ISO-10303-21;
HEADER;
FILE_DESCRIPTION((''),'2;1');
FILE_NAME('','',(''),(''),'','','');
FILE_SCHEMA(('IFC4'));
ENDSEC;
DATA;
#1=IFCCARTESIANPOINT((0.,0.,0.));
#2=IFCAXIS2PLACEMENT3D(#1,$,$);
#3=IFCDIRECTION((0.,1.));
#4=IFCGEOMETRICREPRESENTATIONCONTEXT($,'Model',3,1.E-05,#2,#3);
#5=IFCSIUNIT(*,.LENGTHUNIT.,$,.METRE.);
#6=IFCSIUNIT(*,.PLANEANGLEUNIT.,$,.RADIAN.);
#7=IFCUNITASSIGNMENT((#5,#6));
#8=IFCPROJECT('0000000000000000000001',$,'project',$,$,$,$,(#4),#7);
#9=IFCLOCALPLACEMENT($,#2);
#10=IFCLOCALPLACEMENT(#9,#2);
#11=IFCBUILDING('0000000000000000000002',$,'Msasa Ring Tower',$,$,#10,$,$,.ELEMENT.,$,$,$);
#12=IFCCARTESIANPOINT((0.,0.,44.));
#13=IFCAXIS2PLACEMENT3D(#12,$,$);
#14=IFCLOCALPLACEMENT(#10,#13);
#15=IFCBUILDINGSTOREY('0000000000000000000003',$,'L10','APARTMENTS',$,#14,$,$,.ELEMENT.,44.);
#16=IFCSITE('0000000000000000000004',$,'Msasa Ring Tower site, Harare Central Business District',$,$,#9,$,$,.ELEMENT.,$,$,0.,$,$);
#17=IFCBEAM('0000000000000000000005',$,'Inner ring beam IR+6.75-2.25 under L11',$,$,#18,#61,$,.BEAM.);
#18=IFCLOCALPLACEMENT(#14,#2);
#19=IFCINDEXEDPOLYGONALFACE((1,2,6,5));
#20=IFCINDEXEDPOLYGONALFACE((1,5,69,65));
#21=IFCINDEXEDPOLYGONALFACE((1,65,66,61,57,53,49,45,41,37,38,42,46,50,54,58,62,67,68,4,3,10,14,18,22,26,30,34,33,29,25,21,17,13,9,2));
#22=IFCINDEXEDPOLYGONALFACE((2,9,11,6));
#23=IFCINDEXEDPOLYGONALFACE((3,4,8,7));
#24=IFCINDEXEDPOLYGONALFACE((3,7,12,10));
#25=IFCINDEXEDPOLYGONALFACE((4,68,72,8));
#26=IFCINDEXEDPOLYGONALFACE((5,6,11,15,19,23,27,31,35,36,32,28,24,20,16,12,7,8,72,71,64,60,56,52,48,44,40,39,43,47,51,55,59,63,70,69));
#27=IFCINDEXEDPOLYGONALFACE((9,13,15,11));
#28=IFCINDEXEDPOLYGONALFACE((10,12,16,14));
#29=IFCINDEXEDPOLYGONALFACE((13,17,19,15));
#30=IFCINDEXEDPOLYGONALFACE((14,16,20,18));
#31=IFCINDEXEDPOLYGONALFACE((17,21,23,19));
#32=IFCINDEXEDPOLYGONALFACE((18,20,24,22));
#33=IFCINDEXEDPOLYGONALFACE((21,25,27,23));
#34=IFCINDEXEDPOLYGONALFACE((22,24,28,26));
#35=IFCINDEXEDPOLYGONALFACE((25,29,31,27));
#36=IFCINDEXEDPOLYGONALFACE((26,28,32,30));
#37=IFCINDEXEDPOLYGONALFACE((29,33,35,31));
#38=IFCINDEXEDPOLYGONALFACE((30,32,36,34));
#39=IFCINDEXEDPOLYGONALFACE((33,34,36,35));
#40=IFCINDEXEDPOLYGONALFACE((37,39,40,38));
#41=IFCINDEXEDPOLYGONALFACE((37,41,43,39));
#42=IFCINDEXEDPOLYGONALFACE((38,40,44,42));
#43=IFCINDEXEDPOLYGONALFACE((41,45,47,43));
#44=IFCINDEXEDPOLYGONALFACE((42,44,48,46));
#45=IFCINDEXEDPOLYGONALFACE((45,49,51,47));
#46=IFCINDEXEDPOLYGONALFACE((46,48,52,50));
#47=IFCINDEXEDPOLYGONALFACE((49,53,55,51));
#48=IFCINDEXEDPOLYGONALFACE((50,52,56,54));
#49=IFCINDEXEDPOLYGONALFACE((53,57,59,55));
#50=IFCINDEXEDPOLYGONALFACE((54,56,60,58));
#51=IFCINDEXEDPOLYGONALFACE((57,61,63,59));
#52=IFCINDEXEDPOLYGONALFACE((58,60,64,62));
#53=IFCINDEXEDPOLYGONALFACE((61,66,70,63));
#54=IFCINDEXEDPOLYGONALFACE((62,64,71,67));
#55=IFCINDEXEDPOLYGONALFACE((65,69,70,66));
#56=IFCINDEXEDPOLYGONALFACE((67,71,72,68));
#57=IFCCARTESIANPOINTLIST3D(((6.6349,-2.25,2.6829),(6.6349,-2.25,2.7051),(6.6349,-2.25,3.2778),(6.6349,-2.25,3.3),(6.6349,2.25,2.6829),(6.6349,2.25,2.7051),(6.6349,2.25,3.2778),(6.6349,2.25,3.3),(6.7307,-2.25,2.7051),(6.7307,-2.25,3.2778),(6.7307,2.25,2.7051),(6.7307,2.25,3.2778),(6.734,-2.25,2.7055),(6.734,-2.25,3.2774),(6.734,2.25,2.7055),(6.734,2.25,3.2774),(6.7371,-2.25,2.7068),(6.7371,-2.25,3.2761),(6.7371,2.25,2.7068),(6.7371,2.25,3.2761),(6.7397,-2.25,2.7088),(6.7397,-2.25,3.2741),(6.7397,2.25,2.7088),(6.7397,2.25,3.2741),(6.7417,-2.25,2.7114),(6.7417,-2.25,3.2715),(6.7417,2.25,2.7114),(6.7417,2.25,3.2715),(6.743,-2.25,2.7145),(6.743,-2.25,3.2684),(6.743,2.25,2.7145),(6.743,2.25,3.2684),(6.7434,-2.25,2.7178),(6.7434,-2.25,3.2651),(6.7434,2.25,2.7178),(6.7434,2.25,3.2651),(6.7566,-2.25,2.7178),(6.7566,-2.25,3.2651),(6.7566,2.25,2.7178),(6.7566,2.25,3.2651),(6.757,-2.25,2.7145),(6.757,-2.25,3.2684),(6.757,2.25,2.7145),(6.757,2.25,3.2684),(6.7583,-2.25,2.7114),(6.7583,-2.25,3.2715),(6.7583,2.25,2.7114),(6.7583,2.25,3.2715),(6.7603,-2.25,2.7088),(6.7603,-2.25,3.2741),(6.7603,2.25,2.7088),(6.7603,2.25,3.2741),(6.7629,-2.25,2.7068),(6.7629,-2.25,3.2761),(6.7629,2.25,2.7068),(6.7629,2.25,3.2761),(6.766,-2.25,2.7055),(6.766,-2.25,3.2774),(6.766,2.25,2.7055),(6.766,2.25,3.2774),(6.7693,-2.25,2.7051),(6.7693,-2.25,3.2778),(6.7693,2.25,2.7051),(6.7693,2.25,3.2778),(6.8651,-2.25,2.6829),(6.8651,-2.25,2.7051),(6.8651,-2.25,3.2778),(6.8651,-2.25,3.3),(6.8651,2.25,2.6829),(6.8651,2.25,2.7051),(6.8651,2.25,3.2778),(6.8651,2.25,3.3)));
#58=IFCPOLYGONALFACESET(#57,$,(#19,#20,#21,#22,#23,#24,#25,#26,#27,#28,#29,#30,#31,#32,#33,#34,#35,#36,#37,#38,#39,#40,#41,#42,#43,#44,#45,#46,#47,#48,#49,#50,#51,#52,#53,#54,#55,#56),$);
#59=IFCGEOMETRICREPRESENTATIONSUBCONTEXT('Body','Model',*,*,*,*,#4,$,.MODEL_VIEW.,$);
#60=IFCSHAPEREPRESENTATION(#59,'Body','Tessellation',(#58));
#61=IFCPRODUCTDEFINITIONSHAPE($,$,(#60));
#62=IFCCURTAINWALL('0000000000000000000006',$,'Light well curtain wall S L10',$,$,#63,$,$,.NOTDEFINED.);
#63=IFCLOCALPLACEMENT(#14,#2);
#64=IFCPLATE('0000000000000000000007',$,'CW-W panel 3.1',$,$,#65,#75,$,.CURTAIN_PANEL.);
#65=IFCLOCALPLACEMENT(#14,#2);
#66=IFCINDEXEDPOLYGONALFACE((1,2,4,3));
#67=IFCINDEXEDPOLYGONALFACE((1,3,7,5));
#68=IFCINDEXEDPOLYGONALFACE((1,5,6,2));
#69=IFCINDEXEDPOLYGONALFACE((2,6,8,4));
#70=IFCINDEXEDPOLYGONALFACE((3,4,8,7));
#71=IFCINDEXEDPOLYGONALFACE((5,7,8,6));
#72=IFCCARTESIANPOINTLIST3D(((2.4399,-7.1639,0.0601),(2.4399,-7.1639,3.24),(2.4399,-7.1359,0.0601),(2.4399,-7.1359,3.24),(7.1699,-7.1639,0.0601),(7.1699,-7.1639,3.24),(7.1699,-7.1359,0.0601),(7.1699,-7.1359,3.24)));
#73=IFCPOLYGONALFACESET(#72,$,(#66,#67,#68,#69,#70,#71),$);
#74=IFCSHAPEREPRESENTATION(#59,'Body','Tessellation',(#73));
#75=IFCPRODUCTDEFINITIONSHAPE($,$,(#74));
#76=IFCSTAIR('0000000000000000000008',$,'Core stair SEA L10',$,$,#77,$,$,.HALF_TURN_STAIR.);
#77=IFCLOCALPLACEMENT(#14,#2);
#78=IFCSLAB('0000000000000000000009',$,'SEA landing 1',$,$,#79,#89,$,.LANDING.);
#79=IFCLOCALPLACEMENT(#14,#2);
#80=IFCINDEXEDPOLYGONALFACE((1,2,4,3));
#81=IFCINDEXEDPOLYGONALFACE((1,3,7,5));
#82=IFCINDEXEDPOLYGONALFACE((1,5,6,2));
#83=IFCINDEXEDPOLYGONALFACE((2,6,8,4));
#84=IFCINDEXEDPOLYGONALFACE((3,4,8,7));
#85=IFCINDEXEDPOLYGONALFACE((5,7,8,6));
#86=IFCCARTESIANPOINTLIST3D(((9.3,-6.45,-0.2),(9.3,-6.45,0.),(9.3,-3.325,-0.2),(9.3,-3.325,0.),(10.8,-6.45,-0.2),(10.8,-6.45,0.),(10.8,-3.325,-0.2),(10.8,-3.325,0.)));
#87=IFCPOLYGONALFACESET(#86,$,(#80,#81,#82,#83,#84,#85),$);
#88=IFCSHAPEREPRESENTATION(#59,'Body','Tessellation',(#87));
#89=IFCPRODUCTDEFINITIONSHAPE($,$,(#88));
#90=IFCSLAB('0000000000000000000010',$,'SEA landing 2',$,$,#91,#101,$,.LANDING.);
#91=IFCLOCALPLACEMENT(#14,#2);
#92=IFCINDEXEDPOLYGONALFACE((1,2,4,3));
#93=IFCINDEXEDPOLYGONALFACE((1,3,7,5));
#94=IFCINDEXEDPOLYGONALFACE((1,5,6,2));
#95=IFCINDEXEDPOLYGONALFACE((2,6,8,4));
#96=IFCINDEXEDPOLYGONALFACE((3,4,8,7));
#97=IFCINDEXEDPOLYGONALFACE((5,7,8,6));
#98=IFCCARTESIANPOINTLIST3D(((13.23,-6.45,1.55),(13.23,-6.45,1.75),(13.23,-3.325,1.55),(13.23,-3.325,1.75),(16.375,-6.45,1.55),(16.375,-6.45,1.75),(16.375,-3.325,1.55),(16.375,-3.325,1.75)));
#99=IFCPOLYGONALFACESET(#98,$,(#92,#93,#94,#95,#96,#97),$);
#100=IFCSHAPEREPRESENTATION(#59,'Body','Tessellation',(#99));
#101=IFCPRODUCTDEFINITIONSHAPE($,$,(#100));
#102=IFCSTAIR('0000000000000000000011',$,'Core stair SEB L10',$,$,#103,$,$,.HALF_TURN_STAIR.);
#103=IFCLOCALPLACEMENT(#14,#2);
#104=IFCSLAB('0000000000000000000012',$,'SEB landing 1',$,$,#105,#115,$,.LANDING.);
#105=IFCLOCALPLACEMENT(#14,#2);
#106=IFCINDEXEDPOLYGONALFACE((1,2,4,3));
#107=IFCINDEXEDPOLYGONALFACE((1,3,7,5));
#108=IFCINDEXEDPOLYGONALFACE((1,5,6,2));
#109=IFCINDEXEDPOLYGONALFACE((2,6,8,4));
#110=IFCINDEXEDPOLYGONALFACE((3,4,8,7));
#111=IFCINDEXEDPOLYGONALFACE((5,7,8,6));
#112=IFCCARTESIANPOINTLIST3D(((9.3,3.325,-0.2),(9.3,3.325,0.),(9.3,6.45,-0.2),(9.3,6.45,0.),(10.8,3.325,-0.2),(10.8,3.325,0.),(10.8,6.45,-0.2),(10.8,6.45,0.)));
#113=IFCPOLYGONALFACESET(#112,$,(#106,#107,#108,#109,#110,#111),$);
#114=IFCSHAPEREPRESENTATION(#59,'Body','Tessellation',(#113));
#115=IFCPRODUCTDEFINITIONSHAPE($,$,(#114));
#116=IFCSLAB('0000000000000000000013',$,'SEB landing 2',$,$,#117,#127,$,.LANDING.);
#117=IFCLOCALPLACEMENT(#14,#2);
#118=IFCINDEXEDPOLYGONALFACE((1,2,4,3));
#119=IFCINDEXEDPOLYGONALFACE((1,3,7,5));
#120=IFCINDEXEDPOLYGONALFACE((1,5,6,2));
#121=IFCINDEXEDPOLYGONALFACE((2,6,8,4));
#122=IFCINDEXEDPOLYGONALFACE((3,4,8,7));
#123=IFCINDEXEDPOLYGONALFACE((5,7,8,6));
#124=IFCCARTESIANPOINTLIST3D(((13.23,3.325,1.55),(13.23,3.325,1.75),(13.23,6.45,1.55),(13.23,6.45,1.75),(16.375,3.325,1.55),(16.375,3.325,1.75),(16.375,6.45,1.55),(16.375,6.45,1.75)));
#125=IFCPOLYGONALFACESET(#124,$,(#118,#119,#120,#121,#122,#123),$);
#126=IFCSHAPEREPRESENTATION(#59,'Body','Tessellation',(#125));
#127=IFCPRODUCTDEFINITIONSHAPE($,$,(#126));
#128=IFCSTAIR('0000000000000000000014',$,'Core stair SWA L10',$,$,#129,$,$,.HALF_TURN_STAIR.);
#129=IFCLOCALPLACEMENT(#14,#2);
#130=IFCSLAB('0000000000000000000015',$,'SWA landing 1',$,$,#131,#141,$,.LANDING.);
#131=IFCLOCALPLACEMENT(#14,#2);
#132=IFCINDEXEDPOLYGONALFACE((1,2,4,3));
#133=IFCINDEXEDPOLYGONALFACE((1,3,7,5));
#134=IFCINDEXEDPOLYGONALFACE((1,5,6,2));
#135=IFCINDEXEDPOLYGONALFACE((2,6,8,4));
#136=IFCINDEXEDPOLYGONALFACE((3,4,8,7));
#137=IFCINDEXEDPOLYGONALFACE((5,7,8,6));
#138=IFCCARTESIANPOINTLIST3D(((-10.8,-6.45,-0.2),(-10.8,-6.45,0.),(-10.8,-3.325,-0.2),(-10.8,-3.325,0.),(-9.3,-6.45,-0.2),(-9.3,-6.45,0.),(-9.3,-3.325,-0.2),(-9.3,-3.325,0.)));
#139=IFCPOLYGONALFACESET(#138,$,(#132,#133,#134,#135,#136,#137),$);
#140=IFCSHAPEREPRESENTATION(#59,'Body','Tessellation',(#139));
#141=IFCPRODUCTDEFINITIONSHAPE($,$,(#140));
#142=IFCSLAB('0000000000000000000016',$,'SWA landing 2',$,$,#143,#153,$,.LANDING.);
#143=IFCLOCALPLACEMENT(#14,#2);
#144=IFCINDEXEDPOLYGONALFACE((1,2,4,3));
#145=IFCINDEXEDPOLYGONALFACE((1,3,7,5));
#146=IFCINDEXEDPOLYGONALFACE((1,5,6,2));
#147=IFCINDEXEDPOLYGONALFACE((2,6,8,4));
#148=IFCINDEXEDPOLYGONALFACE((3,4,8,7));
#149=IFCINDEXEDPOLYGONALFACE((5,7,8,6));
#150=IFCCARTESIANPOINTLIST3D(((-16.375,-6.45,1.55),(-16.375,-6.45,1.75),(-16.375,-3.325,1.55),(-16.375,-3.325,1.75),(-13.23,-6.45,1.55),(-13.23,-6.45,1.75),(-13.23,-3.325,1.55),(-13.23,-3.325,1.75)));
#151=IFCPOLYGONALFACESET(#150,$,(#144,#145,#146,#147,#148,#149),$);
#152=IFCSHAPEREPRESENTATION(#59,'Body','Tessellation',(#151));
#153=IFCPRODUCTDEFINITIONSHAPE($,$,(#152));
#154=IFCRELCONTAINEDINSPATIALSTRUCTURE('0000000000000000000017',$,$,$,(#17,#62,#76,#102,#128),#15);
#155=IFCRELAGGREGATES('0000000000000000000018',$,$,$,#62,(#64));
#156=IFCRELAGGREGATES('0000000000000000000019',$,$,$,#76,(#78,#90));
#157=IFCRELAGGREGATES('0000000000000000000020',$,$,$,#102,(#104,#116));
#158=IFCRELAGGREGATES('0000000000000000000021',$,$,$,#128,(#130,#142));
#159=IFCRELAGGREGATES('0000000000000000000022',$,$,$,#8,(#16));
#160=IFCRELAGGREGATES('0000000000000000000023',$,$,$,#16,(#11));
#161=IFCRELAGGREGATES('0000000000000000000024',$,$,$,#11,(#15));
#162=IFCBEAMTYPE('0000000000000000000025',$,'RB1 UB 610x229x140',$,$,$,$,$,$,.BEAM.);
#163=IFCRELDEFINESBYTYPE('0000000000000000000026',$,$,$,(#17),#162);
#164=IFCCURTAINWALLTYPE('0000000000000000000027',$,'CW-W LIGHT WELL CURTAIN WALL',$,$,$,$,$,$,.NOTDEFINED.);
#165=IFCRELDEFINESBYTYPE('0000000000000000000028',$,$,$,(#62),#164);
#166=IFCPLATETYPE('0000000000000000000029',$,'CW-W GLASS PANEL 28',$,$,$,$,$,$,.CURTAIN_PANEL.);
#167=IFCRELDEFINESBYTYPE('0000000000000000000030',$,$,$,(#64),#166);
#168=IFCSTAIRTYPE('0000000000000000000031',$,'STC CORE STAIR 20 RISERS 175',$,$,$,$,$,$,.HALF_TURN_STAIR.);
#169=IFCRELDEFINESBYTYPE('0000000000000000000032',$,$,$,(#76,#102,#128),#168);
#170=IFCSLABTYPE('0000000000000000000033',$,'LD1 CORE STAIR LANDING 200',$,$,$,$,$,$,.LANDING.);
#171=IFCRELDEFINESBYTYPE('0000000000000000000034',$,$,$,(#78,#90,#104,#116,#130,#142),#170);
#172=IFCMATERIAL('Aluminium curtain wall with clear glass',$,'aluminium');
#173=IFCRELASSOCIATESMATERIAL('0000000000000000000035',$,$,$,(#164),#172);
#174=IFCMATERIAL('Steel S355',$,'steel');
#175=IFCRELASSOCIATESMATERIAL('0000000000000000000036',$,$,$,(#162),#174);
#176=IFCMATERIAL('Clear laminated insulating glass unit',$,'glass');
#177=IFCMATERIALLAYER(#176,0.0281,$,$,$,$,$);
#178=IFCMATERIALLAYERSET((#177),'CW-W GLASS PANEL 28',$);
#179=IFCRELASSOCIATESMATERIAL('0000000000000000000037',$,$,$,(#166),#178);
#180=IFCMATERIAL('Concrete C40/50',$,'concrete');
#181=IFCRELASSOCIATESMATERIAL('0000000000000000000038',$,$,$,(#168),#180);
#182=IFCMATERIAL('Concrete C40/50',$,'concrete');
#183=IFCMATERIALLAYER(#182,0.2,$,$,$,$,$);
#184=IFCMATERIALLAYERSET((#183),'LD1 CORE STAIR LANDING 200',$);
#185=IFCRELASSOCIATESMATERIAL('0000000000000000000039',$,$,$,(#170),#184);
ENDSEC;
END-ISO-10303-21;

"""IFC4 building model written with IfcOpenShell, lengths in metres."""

from ifc_helpers import new_model, si_unit, direction, frame, origin, origin_2d, place, context, subcontext, project, spatial, polyline, rectangle, i_section, outline, extrude, material, layer, layer_set, material_profile, profile_set, type_object, element, aggregate, save


model = new_model("IFC4")

# Units and contexts
model_context = context("Model", 3, precision=1e-05, world=origin(), true_north=direction((0.0, 1.0)))
body_context = subcontext(model_context, "Body", "Model", "MODEL_VIEW")
ifc_project = project(units=[si_unit("LENGTHUNIT", "METRE"), si_unit("PLANEANGLEUNIT", "RADIAN")], contexts=[model_context])

# Site, building, storey
site_placement = place(None, origin())
site = spatial("IfcSite", under=ifc_project, at=site_placement, Name="Msasa Ring Tower site, Harare Central Business District", CompositionType="ELEMENT", RefElevation=0.0)
building_placement = place(site_placement, origin())
building = spatial("IfcBuilding", under=site, at=building_placement, Name="Msasa Ring Tower", CompositionType="ELEMENT")
storey_placement = place(building_placement, frame((0.0, 0.0, 44.0)))
storey = spatial("IfcBuildingStorey", under=building, at=storey_placement, Name="L10", Description="APARTMENTS", CompositionType="ELEMENT", Elevation=44.0)

# Shared definitions
ifc_material_1 = material(Name="Aluminium curtain wall with clear glass", Category="aluminium")
curtain_wall_type = type_object("IfcCurtainWallType", Name="CW-W LIGHT WELL CURTAIN WALL", PredefinedType="NOTDEFINED", material=ifc_material_1)

# Beam
ifc_material_2 = material(Name="Steel S355", Category="steel")
ifc_material_profile_1 = material_profile(ifc_material_2, i_section(OverallWidth=0.2302, OverallDepth=0.6172, WebThickness=0.0132, FlangeThickness=0.0222, FilletRadius=0.0127, at=origin_2d()), Name="UB 610x229x140")
ifc_profile_set_1 = profile_set([ifc_material_profile_1], Name="Steel S355")
beam_type = type_object("IfcBeamType", Name="RB1 UB 610x229x140", PredefinedType="BEAM", material=ifc_profile_set_1)
for number, where, z_axis, x_axis, name in (
    (1, (6.75, -2.25, 2.9915), (0.0, 1.0, 0.0), (-1.0, 0.0, 0.0), "Inner ring beam IR+6.75-2.25 under L11"),
):
    element("IfcBeam", number, at=place(storey_placement, frame(where, z_axis=z_axis, x_axis=x_axis)), inside=storey, type_object=beam_type, Name=name, PredefinedType="BEAM", context=body_context, shape_type="SweptSolid", body=[
        extrude(i_section(OverallWidth=0.2302, OverallDepth=0.6172, WebThickness=0.0132, FlangeThickness=0.0222, FilletRadius=0.0127, at=origin_2d()), origin(), (0.0, 0.0, 1.0), 4.5),
    ])

# Curtain wall, plate
curtain_wall_1_placement = place(storey_placement, origin())
curtain_wall_1 = element("IfcCurtainWall", 2, at=curtain_wall_1_placement, inside=storey, type_object=curtain_wall_type, Name="Light well curtain wall S L10", PredefinedType="NOTDEFINED")
ifc_material_3 = material(Name="Clear laminated insulating glass unit", Category="glass")
ifc_layer_1 = layer(ifc_material_3, 0.0281)
ifc_layer_set_1 = layer_set([ifc_layer_1], Name="CW-W GLASS PANEL 28")
plate_type = type_object("IfcPlateType", Name="CW-W GLASS PANEL 28", PredefinedType="CURTAIN_PANEL", material=ifc_layer_set_1)
plate_placement = place(storey_placement, frame((4.8049, -7.1499, 0.0601), z_axis=(0.0, 0.0, 1.0), x_axis=(1.0, 0.0, 0.0)))
plate = element("IfcPlate", 3, at=plate_placement, type_object=plate_type, Name="CW-W panel 3.1", PredefinedType="CURTAIN_PANEL", context=body_context, shape_type="SweptSolid", body=[
    extrude(rectangle(XDim=4.73, YDim=0.0281, at=origin_2d()), origin(), (0.0, 0.0, 1.0), 3.1799),
])
aggregate(curtain_wall_1, [plate])

# Stairs, slabs
ifc_material_4 = material(Name="Concrete C40/50", Category="concrete")
stair_type = type_object("IfcStairType", Name="STC CORE STAIR 20 RISERS 175", PredefinedType="HALF_TURN_STAIR", material=ifc_material_4)
stair_1_placement = place(storey_placement, origin())
stair_1 = element("IfcStair", 4, at=stair_1_placement, inside=storey, type_object=stair_type, Name="Core stair SEA L10", PredefinedType="HALF_TURN_STAIR")
ifc_material_5 = material(Name="Concrete C40/50", Category="concrete")
ifc_layer_2 = layer(ifc_material_5, 0.2)
ifc_layer_set_2 = layer_set([ifc_layer_2], Name="LD1 CORE STAIR LANDING 200")
slab_type = type_object("IfcSlabType", Name="LD1 CORE STAIR LANDING 200", PredefinedType="LANDING", material=ifc_layer_set_2)
slab_1_placement = place(storey_placement, frame((0.0, 0.0, -0.2)))
slab_1 = element("IfcSlab", 5, at=slab_1_placement, type_object=slab_type, Name="SEA landing 1", PredefinedType="LANDING", context=body_context, shape_type="SweptSolid", body=[
    extrude(outline(polyline([(9.3, -6.45), (10.8, -6.45), (10.8, -3.325), (9.3, -3.325), (9.3, -6.45)])), origin(), (0.0, 0.0, 1.0), 0.2),
])
slab_2_placement = place(storey_placement, frame((0.0, 0.0, 1.55)))
slab_2 = element("IfcSlab", 6, at=slab_2_placement, type_object=slab_type, Name="SEA landing 2", PredefinedType="LANDING", context=body_context, shape_type="SweptSolid", body=[
    extrude(outline(polyline([(13.23, -6.45), (16.375, -6.45), (16.375, -3.325), (13.23, -3.325), (13.23, -6.45)])), origin(), (0.0, 0.0, 1.0), 0.2),
])
aggregate(stair_1, [slab_1, slab_2])
stair_2_placement = place(storey_placement, origin())
stair_2 = element("IfcStair", 7, at=stair_2_placement, inside=storey, type_object=stair_type, Name="Core stair SEB L10", PredefinedType="HALF_TURN_STAIR")
slab_3_placement = place(storey_placement, frame((0.0, 0.0, -0.2)))
slab_3 = element("IfcSlab", 8, at=slab_3_placement, type_object=slab_type, Name="SEB landing 1", PredefinedType="LANDING", context=body_context, shape_type="SweptSolid", body=[
    extrude(outline(polyline([(9.3, 3.325), (10.8, 3.325), (10.8, 6.45), (9.3, 6.45), (9.3, 3.325)])), origin(), (0.0, 0.0, 1.0), 0.2),
])
slab_4_placement = place(storey_placement, frame((0.0, 0.0, 1.55)))
slab_4 = element("IfcSlab", 9, at=slab_4_placement, type_object=slab_type, Name="SEB landing 2", PredefinedType="LANDING", context=body_context, shape_type="SweptSolid", body=[
    extrude(outline(polyline([(13.23, 3.325), (16.375, 3.325), (16.375, 6.45), (13.23, 6.45), (13.23, 3.325)])), origin(), (0.0, 0.0, 1.0), 0.2),
])
aggregate(stair_2, [slab_3, slab_4])
stair_3_placement = place(storey_placement, origin())
stair_3 = element("IfcStair", 10, at=stair_3_placement, inside=storey, type_object=stair_type, Name="Core stair SWA L10", PredefinedType="HALF_TURN_STAIR")
slab_5_placement = place(storey_placement, frame((0.0, 0.0, -0.2)))
slab_5 = element("IfcSlab", 11, at=slab_5_placement, type_object=slab_type, Name="SWA landing 1", PredefinedType="LANDING", context=body_context, shape_type="SweptSolid", body=[
    extrude(outline(polyline([(-10.8, -6.45), (-9.3, -6.45), (-9.3, -3.325), (-10.8, -3.325), (-10.8, -6.45)])), origin(), (0.0, 0.0, 1.0), 0.2),
])
slab_6_placement = place(storey_placement, frame((0.0, 0.0, 1.55)))
slab_6 = element("IfcSlab", 12, at=slab_6_placement, type_object=slab_type, Name="SWA landing 2", PredefinedType="LANDING", context=body_context, shape_type="SweptSolid", body=[
    extrude(outline(polyline([(-16.375, -6.45), (-13.23, -6.45), (-13.23, -3.325), (-16.375, -3.325), (-16.375, -6.45)])), origin(), (0.0, 0.0, 1.0), 0.2),
])
aggregate(stair_3, [slab_5, slab_6])

save(model, "model.ifc")
